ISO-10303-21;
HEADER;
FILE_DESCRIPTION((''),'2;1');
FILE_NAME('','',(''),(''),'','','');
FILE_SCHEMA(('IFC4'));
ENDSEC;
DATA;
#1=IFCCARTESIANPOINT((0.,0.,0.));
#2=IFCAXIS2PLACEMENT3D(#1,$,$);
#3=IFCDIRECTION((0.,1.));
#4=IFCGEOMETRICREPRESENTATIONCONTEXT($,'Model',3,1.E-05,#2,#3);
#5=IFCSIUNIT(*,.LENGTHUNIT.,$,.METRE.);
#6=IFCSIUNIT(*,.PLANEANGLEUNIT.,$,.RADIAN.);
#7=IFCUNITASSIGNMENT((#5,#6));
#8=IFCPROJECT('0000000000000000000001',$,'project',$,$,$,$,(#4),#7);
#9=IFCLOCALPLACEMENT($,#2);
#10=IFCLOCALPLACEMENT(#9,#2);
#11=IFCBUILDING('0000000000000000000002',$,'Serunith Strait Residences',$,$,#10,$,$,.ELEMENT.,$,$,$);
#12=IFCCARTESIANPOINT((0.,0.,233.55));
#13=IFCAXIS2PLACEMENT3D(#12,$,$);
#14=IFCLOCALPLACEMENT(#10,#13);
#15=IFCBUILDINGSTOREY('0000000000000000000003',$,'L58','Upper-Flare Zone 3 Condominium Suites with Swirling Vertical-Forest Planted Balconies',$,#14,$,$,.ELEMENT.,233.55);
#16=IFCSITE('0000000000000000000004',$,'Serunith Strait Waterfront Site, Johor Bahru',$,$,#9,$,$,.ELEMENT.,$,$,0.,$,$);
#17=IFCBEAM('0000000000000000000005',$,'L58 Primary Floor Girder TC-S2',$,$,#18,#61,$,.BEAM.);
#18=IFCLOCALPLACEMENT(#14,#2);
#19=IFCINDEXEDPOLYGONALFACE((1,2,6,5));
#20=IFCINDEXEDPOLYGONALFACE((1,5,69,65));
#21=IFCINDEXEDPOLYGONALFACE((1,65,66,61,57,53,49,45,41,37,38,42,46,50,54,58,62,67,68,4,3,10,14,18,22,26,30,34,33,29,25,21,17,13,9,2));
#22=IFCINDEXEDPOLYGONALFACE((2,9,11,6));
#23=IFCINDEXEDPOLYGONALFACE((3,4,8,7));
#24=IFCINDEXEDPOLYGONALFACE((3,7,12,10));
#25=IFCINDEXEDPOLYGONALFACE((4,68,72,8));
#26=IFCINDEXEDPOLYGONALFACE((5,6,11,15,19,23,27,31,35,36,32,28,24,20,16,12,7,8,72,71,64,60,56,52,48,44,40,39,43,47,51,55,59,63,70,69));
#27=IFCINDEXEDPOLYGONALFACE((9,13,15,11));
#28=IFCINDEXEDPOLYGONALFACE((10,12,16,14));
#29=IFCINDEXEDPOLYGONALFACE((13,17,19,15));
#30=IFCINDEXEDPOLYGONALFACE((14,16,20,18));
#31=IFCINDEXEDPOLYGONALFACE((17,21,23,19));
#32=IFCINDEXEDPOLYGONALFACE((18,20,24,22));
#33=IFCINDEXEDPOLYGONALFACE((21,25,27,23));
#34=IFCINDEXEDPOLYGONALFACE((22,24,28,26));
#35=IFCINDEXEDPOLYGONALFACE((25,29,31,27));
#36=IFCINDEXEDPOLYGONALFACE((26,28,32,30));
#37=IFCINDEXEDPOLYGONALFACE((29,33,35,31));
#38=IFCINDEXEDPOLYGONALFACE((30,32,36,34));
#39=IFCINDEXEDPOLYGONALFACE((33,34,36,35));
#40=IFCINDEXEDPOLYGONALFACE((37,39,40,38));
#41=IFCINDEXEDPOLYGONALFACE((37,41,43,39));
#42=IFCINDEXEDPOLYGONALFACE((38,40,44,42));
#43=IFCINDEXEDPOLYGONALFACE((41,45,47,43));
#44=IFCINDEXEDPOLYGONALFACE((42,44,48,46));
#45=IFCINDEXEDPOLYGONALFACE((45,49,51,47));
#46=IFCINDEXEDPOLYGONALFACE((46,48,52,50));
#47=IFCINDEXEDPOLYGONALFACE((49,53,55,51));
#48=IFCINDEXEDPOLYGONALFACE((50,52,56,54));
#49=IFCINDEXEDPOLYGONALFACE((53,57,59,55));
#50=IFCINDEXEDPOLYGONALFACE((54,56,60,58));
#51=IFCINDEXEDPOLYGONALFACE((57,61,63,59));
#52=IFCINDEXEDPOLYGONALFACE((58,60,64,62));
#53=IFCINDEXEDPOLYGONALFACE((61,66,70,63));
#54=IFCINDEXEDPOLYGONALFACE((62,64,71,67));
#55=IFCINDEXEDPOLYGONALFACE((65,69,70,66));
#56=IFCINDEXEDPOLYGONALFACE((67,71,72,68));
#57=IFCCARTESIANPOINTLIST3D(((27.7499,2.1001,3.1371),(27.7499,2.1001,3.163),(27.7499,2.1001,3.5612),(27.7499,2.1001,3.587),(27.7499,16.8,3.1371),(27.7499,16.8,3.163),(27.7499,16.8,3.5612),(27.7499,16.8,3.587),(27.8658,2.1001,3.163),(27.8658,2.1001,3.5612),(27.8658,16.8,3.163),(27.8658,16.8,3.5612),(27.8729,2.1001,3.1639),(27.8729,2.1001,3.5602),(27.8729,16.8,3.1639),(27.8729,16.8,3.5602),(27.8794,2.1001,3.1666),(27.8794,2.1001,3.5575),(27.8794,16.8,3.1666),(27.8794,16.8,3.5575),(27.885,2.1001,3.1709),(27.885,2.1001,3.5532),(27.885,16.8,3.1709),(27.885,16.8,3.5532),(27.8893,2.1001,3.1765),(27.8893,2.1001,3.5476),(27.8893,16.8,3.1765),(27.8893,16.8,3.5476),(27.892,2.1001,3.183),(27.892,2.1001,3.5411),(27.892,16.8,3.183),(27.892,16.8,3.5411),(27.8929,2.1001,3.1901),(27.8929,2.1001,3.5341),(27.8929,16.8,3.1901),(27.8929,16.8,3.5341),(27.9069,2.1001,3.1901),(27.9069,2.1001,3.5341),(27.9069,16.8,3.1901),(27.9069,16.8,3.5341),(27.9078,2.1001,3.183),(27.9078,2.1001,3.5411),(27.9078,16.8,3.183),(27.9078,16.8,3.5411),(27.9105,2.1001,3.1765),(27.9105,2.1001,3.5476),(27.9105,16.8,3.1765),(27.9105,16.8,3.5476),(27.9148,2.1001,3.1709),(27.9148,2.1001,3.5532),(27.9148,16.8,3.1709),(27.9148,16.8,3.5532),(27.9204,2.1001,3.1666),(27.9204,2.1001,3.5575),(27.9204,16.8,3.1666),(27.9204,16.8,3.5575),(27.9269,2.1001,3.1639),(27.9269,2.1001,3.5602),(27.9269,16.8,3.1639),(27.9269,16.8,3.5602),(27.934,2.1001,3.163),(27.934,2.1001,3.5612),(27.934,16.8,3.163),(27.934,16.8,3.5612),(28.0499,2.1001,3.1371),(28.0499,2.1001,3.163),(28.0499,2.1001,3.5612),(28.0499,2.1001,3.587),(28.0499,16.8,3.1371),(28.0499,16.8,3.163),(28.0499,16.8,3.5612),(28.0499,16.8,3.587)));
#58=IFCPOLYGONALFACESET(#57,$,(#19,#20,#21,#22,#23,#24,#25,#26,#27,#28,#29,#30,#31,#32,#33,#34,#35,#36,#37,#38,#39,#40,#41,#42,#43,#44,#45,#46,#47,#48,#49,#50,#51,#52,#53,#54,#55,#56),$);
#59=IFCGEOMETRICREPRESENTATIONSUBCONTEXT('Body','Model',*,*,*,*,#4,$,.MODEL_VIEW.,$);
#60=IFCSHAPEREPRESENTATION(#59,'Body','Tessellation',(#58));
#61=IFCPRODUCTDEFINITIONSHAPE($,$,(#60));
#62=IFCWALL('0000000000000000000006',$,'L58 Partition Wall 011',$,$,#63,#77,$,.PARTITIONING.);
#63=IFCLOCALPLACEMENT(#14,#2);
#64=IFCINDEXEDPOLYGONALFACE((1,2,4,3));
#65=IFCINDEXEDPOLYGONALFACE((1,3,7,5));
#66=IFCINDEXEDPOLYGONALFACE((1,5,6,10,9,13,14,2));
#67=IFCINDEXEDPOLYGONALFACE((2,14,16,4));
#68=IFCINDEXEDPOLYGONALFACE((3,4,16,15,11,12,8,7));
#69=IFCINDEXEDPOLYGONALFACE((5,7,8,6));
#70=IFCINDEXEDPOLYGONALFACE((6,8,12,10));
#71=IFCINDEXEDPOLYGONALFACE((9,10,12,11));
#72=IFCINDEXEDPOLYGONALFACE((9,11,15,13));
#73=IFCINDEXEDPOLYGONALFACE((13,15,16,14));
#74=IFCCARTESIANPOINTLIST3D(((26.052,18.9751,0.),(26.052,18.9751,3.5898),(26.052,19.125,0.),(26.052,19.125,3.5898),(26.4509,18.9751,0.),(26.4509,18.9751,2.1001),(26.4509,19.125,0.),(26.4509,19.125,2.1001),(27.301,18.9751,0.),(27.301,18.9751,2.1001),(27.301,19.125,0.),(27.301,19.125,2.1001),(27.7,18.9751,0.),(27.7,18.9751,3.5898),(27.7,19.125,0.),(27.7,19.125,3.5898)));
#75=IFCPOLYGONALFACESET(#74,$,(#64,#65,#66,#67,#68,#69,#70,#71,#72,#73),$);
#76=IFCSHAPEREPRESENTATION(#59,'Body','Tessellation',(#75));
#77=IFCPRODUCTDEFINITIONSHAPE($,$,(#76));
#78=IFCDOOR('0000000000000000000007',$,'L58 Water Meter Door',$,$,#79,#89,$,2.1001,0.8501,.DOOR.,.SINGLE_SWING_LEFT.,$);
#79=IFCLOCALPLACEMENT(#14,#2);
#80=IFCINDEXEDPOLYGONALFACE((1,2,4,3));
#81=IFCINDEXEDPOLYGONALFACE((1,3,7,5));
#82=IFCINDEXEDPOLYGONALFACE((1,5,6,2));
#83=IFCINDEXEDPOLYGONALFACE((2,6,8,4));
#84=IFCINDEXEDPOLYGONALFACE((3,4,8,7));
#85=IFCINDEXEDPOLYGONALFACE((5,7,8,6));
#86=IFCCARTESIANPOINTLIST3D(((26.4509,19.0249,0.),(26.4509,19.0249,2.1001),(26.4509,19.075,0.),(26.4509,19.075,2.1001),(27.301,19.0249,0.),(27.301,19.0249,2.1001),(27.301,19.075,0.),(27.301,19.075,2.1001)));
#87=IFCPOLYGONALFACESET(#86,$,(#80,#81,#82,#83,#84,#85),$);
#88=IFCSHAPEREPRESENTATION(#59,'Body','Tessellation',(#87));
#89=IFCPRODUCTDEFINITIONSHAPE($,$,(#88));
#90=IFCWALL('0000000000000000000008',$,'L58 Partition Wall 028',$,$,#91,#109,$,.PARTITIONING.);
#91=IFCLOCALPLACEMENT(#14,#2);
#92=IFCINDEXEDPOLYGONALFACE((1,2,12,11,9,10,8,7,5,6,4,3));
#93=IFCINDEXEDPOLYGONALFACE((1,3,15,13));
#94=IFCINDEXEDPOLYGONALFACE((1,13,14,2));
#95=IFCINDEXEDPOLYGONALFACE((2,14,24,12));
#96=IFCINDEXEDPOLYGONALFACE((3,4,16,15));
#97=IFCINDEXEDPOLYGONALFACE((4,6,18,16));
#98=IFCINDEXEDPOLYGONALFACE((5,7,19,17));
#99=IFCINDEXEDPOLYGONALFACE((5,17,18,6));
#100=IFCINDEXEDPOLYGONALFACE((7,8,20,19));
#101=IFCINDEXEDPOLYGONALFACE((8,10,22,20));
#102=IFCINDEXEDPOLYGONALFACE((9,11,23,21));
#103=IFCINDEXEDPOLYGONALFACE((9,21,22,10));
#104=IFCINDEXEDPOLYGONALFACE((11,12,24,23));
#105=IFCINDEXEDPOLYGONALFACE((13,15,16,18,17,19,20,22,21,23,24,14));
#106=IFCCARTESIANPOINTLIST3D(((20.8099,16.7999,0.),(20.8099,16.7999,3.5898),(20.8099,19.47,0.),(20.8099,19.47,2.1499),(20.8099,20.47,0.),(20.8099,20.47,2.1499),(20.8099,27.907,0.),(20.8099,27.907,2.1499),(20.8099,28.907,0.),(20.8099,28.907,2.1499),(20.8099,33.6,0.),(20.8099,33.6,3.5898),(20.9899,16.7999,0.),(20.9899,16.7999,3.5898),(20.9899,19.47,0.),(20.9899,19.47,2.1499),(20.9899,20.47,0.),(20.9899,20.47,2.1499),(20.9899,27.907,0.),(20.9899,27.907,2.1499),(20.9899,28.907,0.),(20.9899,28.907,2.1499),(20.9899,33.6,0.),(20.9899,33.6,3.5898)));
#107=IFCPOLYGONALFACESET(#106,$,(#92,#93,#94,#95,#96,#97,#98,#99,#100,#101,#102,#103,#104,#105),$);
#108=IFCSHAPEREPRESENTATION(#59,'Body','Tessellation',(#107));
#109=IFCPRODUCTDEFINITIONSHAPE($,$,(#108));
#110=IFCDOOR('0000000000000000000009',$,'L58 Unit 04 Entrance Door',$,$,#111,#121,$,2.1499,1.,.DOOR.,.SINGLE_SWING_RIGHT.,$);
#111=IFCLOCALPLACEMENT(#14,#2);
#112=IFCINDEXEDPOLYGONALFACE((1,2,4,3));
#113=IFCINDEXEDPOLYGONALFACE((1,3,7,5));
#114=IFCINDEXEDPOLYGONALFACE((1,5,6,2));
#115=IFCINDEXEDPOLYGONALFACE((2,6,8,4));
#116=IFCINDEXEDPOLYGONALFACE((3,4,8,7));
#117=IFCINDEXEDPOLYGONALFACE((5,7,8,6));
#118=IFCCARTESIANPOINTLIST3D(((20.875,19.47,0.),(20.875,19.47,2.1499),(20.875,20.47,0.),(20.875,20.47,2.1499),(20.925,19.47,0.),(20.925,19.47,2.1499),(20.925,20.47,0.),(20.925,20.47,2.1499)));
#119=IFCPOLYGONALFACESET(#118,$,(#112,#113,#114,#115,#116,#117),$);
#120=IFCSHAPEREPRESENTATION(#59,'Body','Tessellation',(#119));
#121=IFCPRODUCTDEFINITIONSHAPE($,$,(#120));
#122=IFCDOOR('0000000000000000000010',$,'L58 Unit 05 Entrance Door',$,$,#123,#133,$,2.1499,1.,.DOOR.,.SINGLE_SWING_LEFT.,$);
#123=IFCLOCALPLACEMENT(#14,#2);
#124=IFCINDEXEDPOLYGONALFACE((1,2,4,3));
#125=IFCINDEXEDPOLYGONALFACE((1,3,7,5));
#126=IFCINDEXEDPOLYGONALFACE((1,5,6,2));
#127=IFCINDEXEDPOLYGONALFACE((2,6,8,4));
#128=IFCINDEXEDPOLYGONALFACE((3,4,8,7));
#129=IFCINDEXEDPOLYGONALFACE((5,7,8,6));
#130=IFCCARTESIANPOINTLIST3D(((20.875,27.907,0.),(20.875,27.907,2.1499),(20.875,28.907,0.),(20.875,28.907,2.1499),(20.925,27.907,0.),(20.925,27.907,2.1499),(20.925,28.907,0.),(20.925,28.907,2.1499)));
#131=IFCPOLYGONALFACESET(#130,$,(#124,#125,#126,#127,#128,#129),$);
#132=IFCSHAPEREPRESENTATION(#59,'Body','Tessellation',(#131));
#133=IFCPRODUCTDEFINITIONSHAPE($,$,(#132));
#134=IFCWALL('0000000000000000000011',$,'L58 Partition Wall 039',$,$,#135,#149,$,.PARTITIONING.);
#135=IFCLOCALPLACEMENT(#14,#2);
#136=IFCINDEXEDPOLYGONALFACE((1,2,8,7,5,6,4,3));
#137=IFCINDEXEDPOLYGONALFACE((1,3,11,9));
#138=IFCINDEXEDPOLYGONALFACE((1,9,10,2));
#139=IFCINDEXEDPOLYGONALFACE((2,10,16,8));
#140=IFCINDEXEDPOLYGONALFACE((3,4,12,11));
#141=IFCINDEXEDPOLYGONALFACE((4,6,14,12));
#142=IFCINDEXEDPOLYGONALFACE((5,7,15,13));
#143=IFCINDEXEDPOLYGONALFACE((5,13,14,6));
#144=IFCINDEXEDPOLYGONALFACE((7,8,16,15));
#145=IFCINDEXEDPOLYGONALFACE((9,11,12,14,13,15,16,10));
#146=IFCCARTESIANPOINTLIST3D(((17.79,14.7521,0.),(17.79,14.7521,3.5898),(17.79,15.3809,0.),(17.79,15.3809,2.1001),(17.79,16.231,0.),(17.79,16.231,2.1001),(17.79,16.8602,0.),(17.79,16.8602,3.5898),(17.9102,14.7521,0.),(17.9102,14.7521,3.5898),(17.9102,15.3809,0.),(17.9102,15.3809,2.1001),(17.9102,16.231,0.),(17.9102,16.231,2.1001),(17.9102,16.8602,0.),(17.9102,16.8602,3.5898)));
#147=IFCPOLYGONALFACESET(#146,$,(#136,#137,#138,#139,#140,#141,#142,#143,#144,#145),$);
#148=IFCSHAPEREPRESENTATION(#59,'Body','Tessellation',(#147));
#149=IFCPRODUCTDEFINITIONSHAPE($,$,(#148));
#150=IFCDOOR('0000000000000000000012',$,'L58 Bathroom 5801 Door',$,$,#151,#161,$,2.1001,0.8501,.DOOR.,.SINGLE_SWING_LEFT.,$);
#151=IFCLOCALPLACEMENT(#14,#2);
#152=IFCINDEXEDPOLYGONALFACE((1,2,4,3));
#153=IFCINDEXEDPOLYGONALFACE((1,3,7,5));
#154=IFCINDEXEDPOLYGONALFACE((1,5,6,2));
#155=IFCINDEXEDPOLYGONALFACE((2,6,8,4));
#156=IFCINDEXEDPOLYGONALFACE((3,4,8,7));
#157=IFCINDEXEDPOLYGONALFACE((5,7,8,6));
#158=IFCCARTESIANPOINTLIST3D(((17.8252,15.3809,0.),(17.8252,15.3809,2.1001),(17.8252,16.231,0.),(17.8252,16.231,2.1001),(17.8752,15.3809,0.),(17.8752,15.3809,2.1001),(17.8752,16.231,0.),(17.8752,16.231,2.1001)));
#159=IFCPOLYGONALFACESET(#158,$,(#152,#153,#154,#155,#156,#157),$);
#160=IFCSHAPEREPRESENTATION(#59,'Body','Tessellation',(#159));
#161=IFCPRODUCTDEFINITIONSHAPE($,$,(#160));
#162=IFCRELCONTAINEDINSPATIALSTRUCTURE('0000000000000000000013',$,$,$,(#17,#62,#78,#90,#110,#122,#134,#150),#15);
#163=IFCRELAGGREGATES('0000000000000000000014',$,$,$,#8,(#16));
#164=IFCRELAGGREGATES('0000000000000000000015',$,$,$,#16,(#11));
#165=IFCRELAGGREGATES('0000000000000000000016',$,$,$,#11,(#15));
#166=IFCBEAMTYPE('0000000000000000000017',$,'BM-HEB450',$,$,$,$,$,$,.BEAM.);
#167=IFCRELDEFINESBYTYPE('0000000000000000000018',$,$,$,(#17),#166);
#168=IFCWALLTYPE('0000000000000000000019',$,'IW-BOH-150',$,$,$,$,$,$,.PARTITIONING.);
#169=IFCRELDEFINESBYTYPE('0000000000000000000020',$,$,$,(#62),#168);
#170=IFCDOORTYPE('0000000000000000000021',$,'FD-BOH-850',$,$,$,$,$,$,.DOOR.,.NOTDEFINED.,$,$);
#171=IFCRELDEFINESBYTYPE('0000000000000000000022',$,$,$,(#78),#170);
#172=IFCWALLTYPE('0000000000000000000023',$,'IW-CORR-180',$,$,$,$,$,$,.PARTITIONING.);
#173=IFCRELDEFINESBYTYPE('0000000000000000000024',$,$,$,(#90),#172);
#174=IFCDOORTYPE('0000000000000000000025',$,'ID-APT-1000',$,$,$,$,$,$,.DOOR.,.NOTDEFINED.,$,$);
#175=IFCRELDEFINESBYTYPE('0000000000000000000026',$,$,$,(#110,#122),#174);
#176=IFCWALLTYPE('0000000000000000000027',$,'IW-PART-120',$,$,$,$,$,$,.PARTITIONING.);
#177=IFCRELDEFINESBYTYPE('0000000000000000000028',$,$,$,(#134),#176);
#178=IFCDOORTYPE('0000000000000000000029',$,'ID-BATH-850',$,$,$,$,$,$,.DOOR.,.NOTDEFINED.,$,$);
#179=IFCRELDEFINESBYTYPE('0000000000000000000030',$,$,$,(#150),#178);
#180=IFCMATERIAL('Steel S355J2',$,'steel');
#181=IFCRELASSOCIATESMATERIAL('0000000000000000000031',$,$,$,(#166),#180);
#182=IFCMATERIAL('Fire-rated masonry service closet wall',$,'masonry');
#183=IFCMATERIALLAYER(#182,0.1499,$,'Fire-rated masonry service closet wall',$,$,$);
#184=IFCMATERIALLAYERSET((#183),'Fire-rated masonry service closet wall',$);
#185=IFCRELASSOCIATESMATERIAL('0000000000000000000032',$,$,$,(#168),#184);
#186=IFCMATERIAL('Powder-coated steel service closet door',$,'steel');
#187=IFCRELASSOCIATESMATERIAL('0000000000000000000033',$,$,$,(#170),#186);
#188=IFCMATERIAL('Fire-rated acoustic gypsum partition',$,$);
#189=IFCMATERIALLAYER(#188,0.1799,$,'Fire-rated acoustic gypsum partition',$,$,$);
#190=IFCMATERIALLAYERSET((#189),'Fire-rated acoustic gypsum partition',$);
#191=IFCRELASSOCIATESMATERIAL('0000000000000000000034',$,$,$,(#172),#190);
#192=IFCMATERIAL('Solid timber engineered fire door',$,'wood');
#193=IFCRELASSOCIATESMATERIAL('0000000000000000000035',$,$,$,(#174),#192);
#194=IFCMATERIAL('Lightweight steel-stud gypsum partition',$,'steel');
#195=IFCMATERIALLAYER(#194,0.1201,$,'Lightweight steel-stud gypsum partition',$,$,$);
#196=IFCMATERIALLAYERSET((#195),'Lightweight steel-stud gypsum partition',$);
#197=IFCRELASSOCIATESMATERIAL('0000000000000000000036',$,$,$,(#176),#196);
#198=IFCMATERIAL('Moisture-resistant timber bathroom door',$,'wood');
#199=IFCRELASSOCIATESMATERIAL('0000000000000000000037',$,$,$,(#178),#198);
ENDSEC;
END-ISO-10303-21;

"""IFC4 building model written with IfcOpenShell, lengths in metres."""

from ifc_helpers import new_model, si_unit, direction, frame, frame_2d, origin, origin_2d, place, context, subcontext, project, spatial, rectangle, i_section, extrude, source, transform, mapped, material, layer, layer_set, material_profile, profile_set, type_object, element, fill, save


model = new_model("IFC4")

# Units and contexts
model_context = context("Model", 3, precision=1e-05, world=origin(), true_north=direction((0.0, 1.0)))
body_context = subcontext(model_context, "Body", "Model", "MODEL_VIEW")
ifc_project = project(units=[si_unit("LENGTHUNIT", "METRE"), si_unit("PLANEANGLEUNIT", "RADIAN")], contexts=[model_context])

# Site, building, storey
site_placement = place(None, origin())
site = spatial("IfcSite", under=ifc_project, at=site_placement, Name="Serunith Strait Waterfront Site, Johor Bahru", CompositionType="ELEMENT", RefElevation=0.0)
building_placement = place(site_placement, origin())
building = spatial("IfcBuilding", under=site, at=building_placement, Name="Serunith Strait Residences", CompositionType="ELEMENT")
storey_placement = place(building_placement, frame((0.0, 0.0, 233.55)))
storey = spatial("IfcBuildingStorey", under=building, at=storey_placement, Name="L58", Description="Upper-Flare Zone 3 Condominium Suites with Swirling Vertical-Forest Planted Balconies", CompositionType="ELEMENT", Elevation=233.55)

# Beam
ifc_material_1 = material(Name="Steel S355J2", Category="steel")
ifc_material_profile = material_profile(ifc_material_1, i_section(OverallWidth=0.3, OverallDepth=0.45, WebThickness=0.0139, FlangeThickness=0.0259, FilletRadius=0.0271, at=origin_2d()), Name="HEB 450")
ifc_profile_set = profile_set([ifc_material_profile], Name="Steel S355J2")
beam_type = type_object("IfcBeamType", Name="BM-HEB450", PredefinedType="BEAM", material=ifc_profile_set)
shared_shape_1 = source(origin(), body_context, "Body", "SweptSolid", [
    extrude(i_section(OverallWidth=0.3, OverallDepth=0.45, WebThickness=0.0139, FlangeThickness=0.0259, FilletRadius=0.0271, at=origin_2d()), origin(), (0.0, 0.0, 1.0), 14.7),
])
beam_placement = place(storey_placement, frame((27.8999, 16.8, 3.3621), z_axis=(0.0, -1.0, 0.0), x_axis=(1.0, 0.0, 0.0)))
element("IfcBeam", 1, at=beam_placement, inside=storey, type_object=beam_type, Name="L58 Primary Floor Girder TC-S2", PredefinedType="BEAM", context=body_context, shape_type="MappedRepresentation", body=[
    mapped(shared_shape_1, transform((0.0, 0.0, 0.0), scale=1.0)),
])

# Wall, opening, door
ifc_material_2 = material(Name="Fire-rated masonry service closet wall", Category="masonry")
ifc_layer_1 = layer(ifc_material_2, 0.1499, Name="Fire-rated masonry service closet wall")
ifc_layer_set_1 = layer_set([ifc_layer_1], Name="Fire-rated masonry service closet wall")
wall_type_1 = type_object("IfcWallType", Name="IW-BOH-150", PredefinedType="PARTITIONING", material=ifc_layer_set_1)
wall_1_placement = place(storey_placement, frame((26.052, 19.05, 0.0), z_axis=(0.0, 0.0, 1.0), x_axis=(1.0, 0.0, 0.0)))
wall_1 = element("IfcWall", 2, at=wall_1_placement, inside=storey, type_object=wall_type_1, Name="L58 Partition Wall 011", PredefinedType="PARTITIONING", context=body_context, shape_type="SweptSolid", body=[
    extrude(rectangle(XDim=1.6479, YDim=0.1499, at=frame_2d((0.824, 0.0))), origin(), (0.0, 0.0, 1.0), 3.5898),
])
opening_1_placement = place(wall_1_placement, frame((0.3989, 0.0, 0.0)))
opening_1 = element("IfcOpeningElement", 3, at=opening_1_placement, cuts=wall_1, PredefinedType="OPENING", context=body_context, shape_type="SweptSolid", body=[
    extrude(rectangle(XDim=0.8501, YDim=2.1001, at=frame_2d((0.425, 1.05))), frame((0.0, 0.085, 0.0), z_axis=(0.0, -1.0, 0.0), x_axis=(1.0, 0.0, 0.0)), (0.0, 0.0, 1.0), 0.1699),
])
ifc_material_3 = material(Name="Powder-coated steel service closet door", Category="steel")
door_type_1 = type_object("IfcDoorType", Name="FD-BOH-850", OperationType="NOTDEFINED", PredefinedType="DOOR", material=ifc_material_3)
shared_shape_2 = source(origin(), body_context, "Body", "SweptSolid", [
    extrude(rectangle(XDim=0.8501, YDim=2.1001, at=frame_2d((0.425, 1.05))), frame((0.0, 0.0249, 0.0), z_axis=(0.0, -1.0, 0.0), x_axis=(1.0, 0.0, 0.0)), (0.0, 0.0, 1.0), 0.05),
])
door_1_placement = place(opening_1_placement, origin())
door_1 = element("IfcDoor", 4, at=door_1_placement, inside=storey, type_object=door_type_1, Name="L58 Water Meter Door", OperationType="SINGLE_SWING_LEFT", OverallHeight=2.1001, OverallWidth=0.8501, PredefinedType="DOOR", context=body_context, shape_type="MappedRepresentation", body=[
    mapped(shared_shape_2, transform((0.0, 0.0, 0.0), scale=1.0)),
])
fill(opening_1, door_1)
ifc_material_4 = material(Name="Fire-rated acoustic gypsum partition")
ifc_layer_2 = layer(ifc_material_4, 0.1799, Name="Fire-rated acoustic gypsum partition")
ifc_layer_set_2 = layer_set([ifc_layer_2], Name="Fire-rated acoustic gypsum partition")
wall_type_2 = type_object("IfcWallType", Name="IW-CORR-180", PredefinedType="PARTITIONING", material=ifc_layer_set_2)
ifc_material_5 = material(Name="Solid timber engineered fire door", Category="wood")
door_type_2 = type_object("IfcDoorType", Name="ID-APT-1000", OperationType="NOTDEFINED", PredefinedType="DOOR", material=ifc_material_5)
shared_shape_3 = source(origin(), body_context, "Body", "SweptSolid", [
    extrude(rectangle(XDim=1.0, YDim=2.1499, at=frame_2d((0.5, 1.075))), frame((0.0, 0.0249, 0.0), z_axis=(0.0, -1.0, 0.0), x_axis=(1.0, 0.0, 0.0)), (0.0, 0.0, 1.0), 0.05),
])

# Wall, openings, doors
wall_2_placement = place(storey_placement, frame((20.8999, 16.8, 0.0), z_axis=(0.0, 0.0, 1.0), x_axis=(0.0, 1.0, 0.0)))
wall_2 = element("IfcWall", 5, at=wall_2_placement, inside=storey, type_object=wall_type_2, Name="L58 Partition Wall 028", PredefinedType="PARTITIONING", context=body_context, shape_type="SweptSolid", body=[
    extrude(rectangle(XDim=16.8, YDim=0.1799, at=frame_2d((8.3999, 0.0))), origin(), (0.0, 0.0, 1.0), 3.5898),
])
opening_2_placement = place(wall_2_placement, frame((2.6699, 0.0, 0.0)))
opening_2 = element("IfcOpeningElement", 6, at=opening_2_placement, cuts=wall_2, PredefinedType="OPENING", context=body_context, shape_type="SweptSolid", body=[
    extrude(rectangle(XDim=1.0, YDim=2.1499, at=frame_2d((0.5, 1.075))), frame((0.0, 0.1001, 0.0), z_axis=(0.0, -1.0, 0.0), x_axis=(1.0, 0.0, 0.0)), (0.0, 0.0, 1.0), 0.2),
])
opening_3_placement = place(wall_2_placement, frame((11.1069, 0.0, 0.0)))
opening_3 = element("IfcOpeningElement", 7, at=opening_3_placement, cuts=wall_2, PredefinedType="OPENING", context=body_context, shape_type="SweptSolid", body=[
    extrude(rectangle(XDim=1.0, YDim=2.1499, at=frame_2d((0.5, 1.075))), frame((0.0, 0.1001, 0.0), z_axis=(0.0, -1.0, 0.0), x_axis=(1.0, 0.0, 0.0)), (0.0, 0.0, 1.0), 0.2),
])
door_2_placement = place(opening_2_placement, origin())
door_2 = element("IfcDoor", 8, at=door_2_placement, inside=storey, type_object=door_type_2, Name="L58 Unit 04 Entrance Door", OperationType="SINGLE_SWING_RIGHT", OverallHeight=2.1499, OverallWidth=1.0, PredefinedType="DOOR", context=body_context, shape_type="MappedRepresentation", body=[
    mapped(shared_shape_3, transform((0.0, 0.0, 0.0), scale=1.0)),
])
fill(opening_2, door_2)
door_3_placement = place(opening_3_placement, origin())
door_3 = element("IfcDoor", 9, at=door_3_placement, inside=storey, type_object=door_type_2, Name="L58 Unit 05 Entrance Door", OperationType="SINGLE_SWING_LEFT", OverallHeight=2.1499, OverallWidth=1.0, PredefinedType="DOOR", context=body_context, shape_type="MappedRepresentation", body=[
    mapped(shared_shape_3, transform((0.0, 0.0, 0.0), scale=1.0)),
])
fill(opening_3, door_3)

# Wall, opening, door
ifc_material_6 = material(Name="Lightweight steel-stud gypsum partition", Category="steel")
ifc_layer_3 = layer(ifc_material_6, 0.1201, Name="Lightweight steel-stud gypsum partition")
ifc_layer_set_3 = layer_set([ifc_layer_3], Name="Lightweight steel-stud gypsum partition")
wall_type_3 = type_object("IfcWallType", Name="IW-PART-120", PredefinedType="PARTITIONING", material=ifc_layer_set_3)
wall_3_placement = place(storey_placement, frame((17.8501, 14.752, 0.0), z_axis=(0.0, 0.0, 1.0), x_axis=(0.0, 1.0, 0.0)))
wall_3 = element("IfcWall", 10, at=wall_3_placement, inside=storey, type_object=wall_type_3, Name="L58 Partition Wall 039", PredefinedType="PARTITIONING", context=body_context, shape_type="SweptSolid", body=[
    extrude(rectangle(XDim=2.1082, YDim=0.1201, at=frame_2d((1.0542, 0.0))), origin(), (0.0, 0.0, 1.0), 3.5898),
])
opening_4_placement = place(wall_3_placement, frame((0.6289, 0.0, 0.0)))
opening_4 = element("IfcOpeningElement", 11, at=opening_4_placement, cuts=wall_3, PredefinedType="OPENING", context=body_context, shape_type="SweptSolid", body=[
    extrude(rectangle(XDim=0.8501, YDim=2.1001, at=frame_2d((0.425, 1.05))), frame((0.0, 0.0701, 0.0), z_axis=(0.0, -1.0, 0.0), x_axis=(1.0, 0.0, 0.0)), (0.0, 0.0, 1.0), 0.1401),
])
ifc_material_7 = material(Name="Moisture-resistant timber bathroom door", Category="wood")
door_type_3 = type_object("IfcDoorType", Name="ID-BATH-850", OperationType="NOTDEFINED", PredefinedType="DOOR", material=ifc_material_7)
door_4_placement = place(opening_4_placement, origin())
door_4 = element("IfcDoor", 12, at=door_4_placement, inside=storey, type_object=door_type_3, Name="L58 Bathroom 5801 Door", OperationType="SINGLE_SWING_LEFT", OverallHeight=2.1001, OverallWidth=0.8501, PredefinedType="DOOR", context=body_context, shape_type="MappedRepresentation", body=[
    mapped(shared_shape_2, transform((0.0, 0.0, 0.0), scale=1.0)),
])
fill(opening_4, door_4)

save(model, "model.ifc")
